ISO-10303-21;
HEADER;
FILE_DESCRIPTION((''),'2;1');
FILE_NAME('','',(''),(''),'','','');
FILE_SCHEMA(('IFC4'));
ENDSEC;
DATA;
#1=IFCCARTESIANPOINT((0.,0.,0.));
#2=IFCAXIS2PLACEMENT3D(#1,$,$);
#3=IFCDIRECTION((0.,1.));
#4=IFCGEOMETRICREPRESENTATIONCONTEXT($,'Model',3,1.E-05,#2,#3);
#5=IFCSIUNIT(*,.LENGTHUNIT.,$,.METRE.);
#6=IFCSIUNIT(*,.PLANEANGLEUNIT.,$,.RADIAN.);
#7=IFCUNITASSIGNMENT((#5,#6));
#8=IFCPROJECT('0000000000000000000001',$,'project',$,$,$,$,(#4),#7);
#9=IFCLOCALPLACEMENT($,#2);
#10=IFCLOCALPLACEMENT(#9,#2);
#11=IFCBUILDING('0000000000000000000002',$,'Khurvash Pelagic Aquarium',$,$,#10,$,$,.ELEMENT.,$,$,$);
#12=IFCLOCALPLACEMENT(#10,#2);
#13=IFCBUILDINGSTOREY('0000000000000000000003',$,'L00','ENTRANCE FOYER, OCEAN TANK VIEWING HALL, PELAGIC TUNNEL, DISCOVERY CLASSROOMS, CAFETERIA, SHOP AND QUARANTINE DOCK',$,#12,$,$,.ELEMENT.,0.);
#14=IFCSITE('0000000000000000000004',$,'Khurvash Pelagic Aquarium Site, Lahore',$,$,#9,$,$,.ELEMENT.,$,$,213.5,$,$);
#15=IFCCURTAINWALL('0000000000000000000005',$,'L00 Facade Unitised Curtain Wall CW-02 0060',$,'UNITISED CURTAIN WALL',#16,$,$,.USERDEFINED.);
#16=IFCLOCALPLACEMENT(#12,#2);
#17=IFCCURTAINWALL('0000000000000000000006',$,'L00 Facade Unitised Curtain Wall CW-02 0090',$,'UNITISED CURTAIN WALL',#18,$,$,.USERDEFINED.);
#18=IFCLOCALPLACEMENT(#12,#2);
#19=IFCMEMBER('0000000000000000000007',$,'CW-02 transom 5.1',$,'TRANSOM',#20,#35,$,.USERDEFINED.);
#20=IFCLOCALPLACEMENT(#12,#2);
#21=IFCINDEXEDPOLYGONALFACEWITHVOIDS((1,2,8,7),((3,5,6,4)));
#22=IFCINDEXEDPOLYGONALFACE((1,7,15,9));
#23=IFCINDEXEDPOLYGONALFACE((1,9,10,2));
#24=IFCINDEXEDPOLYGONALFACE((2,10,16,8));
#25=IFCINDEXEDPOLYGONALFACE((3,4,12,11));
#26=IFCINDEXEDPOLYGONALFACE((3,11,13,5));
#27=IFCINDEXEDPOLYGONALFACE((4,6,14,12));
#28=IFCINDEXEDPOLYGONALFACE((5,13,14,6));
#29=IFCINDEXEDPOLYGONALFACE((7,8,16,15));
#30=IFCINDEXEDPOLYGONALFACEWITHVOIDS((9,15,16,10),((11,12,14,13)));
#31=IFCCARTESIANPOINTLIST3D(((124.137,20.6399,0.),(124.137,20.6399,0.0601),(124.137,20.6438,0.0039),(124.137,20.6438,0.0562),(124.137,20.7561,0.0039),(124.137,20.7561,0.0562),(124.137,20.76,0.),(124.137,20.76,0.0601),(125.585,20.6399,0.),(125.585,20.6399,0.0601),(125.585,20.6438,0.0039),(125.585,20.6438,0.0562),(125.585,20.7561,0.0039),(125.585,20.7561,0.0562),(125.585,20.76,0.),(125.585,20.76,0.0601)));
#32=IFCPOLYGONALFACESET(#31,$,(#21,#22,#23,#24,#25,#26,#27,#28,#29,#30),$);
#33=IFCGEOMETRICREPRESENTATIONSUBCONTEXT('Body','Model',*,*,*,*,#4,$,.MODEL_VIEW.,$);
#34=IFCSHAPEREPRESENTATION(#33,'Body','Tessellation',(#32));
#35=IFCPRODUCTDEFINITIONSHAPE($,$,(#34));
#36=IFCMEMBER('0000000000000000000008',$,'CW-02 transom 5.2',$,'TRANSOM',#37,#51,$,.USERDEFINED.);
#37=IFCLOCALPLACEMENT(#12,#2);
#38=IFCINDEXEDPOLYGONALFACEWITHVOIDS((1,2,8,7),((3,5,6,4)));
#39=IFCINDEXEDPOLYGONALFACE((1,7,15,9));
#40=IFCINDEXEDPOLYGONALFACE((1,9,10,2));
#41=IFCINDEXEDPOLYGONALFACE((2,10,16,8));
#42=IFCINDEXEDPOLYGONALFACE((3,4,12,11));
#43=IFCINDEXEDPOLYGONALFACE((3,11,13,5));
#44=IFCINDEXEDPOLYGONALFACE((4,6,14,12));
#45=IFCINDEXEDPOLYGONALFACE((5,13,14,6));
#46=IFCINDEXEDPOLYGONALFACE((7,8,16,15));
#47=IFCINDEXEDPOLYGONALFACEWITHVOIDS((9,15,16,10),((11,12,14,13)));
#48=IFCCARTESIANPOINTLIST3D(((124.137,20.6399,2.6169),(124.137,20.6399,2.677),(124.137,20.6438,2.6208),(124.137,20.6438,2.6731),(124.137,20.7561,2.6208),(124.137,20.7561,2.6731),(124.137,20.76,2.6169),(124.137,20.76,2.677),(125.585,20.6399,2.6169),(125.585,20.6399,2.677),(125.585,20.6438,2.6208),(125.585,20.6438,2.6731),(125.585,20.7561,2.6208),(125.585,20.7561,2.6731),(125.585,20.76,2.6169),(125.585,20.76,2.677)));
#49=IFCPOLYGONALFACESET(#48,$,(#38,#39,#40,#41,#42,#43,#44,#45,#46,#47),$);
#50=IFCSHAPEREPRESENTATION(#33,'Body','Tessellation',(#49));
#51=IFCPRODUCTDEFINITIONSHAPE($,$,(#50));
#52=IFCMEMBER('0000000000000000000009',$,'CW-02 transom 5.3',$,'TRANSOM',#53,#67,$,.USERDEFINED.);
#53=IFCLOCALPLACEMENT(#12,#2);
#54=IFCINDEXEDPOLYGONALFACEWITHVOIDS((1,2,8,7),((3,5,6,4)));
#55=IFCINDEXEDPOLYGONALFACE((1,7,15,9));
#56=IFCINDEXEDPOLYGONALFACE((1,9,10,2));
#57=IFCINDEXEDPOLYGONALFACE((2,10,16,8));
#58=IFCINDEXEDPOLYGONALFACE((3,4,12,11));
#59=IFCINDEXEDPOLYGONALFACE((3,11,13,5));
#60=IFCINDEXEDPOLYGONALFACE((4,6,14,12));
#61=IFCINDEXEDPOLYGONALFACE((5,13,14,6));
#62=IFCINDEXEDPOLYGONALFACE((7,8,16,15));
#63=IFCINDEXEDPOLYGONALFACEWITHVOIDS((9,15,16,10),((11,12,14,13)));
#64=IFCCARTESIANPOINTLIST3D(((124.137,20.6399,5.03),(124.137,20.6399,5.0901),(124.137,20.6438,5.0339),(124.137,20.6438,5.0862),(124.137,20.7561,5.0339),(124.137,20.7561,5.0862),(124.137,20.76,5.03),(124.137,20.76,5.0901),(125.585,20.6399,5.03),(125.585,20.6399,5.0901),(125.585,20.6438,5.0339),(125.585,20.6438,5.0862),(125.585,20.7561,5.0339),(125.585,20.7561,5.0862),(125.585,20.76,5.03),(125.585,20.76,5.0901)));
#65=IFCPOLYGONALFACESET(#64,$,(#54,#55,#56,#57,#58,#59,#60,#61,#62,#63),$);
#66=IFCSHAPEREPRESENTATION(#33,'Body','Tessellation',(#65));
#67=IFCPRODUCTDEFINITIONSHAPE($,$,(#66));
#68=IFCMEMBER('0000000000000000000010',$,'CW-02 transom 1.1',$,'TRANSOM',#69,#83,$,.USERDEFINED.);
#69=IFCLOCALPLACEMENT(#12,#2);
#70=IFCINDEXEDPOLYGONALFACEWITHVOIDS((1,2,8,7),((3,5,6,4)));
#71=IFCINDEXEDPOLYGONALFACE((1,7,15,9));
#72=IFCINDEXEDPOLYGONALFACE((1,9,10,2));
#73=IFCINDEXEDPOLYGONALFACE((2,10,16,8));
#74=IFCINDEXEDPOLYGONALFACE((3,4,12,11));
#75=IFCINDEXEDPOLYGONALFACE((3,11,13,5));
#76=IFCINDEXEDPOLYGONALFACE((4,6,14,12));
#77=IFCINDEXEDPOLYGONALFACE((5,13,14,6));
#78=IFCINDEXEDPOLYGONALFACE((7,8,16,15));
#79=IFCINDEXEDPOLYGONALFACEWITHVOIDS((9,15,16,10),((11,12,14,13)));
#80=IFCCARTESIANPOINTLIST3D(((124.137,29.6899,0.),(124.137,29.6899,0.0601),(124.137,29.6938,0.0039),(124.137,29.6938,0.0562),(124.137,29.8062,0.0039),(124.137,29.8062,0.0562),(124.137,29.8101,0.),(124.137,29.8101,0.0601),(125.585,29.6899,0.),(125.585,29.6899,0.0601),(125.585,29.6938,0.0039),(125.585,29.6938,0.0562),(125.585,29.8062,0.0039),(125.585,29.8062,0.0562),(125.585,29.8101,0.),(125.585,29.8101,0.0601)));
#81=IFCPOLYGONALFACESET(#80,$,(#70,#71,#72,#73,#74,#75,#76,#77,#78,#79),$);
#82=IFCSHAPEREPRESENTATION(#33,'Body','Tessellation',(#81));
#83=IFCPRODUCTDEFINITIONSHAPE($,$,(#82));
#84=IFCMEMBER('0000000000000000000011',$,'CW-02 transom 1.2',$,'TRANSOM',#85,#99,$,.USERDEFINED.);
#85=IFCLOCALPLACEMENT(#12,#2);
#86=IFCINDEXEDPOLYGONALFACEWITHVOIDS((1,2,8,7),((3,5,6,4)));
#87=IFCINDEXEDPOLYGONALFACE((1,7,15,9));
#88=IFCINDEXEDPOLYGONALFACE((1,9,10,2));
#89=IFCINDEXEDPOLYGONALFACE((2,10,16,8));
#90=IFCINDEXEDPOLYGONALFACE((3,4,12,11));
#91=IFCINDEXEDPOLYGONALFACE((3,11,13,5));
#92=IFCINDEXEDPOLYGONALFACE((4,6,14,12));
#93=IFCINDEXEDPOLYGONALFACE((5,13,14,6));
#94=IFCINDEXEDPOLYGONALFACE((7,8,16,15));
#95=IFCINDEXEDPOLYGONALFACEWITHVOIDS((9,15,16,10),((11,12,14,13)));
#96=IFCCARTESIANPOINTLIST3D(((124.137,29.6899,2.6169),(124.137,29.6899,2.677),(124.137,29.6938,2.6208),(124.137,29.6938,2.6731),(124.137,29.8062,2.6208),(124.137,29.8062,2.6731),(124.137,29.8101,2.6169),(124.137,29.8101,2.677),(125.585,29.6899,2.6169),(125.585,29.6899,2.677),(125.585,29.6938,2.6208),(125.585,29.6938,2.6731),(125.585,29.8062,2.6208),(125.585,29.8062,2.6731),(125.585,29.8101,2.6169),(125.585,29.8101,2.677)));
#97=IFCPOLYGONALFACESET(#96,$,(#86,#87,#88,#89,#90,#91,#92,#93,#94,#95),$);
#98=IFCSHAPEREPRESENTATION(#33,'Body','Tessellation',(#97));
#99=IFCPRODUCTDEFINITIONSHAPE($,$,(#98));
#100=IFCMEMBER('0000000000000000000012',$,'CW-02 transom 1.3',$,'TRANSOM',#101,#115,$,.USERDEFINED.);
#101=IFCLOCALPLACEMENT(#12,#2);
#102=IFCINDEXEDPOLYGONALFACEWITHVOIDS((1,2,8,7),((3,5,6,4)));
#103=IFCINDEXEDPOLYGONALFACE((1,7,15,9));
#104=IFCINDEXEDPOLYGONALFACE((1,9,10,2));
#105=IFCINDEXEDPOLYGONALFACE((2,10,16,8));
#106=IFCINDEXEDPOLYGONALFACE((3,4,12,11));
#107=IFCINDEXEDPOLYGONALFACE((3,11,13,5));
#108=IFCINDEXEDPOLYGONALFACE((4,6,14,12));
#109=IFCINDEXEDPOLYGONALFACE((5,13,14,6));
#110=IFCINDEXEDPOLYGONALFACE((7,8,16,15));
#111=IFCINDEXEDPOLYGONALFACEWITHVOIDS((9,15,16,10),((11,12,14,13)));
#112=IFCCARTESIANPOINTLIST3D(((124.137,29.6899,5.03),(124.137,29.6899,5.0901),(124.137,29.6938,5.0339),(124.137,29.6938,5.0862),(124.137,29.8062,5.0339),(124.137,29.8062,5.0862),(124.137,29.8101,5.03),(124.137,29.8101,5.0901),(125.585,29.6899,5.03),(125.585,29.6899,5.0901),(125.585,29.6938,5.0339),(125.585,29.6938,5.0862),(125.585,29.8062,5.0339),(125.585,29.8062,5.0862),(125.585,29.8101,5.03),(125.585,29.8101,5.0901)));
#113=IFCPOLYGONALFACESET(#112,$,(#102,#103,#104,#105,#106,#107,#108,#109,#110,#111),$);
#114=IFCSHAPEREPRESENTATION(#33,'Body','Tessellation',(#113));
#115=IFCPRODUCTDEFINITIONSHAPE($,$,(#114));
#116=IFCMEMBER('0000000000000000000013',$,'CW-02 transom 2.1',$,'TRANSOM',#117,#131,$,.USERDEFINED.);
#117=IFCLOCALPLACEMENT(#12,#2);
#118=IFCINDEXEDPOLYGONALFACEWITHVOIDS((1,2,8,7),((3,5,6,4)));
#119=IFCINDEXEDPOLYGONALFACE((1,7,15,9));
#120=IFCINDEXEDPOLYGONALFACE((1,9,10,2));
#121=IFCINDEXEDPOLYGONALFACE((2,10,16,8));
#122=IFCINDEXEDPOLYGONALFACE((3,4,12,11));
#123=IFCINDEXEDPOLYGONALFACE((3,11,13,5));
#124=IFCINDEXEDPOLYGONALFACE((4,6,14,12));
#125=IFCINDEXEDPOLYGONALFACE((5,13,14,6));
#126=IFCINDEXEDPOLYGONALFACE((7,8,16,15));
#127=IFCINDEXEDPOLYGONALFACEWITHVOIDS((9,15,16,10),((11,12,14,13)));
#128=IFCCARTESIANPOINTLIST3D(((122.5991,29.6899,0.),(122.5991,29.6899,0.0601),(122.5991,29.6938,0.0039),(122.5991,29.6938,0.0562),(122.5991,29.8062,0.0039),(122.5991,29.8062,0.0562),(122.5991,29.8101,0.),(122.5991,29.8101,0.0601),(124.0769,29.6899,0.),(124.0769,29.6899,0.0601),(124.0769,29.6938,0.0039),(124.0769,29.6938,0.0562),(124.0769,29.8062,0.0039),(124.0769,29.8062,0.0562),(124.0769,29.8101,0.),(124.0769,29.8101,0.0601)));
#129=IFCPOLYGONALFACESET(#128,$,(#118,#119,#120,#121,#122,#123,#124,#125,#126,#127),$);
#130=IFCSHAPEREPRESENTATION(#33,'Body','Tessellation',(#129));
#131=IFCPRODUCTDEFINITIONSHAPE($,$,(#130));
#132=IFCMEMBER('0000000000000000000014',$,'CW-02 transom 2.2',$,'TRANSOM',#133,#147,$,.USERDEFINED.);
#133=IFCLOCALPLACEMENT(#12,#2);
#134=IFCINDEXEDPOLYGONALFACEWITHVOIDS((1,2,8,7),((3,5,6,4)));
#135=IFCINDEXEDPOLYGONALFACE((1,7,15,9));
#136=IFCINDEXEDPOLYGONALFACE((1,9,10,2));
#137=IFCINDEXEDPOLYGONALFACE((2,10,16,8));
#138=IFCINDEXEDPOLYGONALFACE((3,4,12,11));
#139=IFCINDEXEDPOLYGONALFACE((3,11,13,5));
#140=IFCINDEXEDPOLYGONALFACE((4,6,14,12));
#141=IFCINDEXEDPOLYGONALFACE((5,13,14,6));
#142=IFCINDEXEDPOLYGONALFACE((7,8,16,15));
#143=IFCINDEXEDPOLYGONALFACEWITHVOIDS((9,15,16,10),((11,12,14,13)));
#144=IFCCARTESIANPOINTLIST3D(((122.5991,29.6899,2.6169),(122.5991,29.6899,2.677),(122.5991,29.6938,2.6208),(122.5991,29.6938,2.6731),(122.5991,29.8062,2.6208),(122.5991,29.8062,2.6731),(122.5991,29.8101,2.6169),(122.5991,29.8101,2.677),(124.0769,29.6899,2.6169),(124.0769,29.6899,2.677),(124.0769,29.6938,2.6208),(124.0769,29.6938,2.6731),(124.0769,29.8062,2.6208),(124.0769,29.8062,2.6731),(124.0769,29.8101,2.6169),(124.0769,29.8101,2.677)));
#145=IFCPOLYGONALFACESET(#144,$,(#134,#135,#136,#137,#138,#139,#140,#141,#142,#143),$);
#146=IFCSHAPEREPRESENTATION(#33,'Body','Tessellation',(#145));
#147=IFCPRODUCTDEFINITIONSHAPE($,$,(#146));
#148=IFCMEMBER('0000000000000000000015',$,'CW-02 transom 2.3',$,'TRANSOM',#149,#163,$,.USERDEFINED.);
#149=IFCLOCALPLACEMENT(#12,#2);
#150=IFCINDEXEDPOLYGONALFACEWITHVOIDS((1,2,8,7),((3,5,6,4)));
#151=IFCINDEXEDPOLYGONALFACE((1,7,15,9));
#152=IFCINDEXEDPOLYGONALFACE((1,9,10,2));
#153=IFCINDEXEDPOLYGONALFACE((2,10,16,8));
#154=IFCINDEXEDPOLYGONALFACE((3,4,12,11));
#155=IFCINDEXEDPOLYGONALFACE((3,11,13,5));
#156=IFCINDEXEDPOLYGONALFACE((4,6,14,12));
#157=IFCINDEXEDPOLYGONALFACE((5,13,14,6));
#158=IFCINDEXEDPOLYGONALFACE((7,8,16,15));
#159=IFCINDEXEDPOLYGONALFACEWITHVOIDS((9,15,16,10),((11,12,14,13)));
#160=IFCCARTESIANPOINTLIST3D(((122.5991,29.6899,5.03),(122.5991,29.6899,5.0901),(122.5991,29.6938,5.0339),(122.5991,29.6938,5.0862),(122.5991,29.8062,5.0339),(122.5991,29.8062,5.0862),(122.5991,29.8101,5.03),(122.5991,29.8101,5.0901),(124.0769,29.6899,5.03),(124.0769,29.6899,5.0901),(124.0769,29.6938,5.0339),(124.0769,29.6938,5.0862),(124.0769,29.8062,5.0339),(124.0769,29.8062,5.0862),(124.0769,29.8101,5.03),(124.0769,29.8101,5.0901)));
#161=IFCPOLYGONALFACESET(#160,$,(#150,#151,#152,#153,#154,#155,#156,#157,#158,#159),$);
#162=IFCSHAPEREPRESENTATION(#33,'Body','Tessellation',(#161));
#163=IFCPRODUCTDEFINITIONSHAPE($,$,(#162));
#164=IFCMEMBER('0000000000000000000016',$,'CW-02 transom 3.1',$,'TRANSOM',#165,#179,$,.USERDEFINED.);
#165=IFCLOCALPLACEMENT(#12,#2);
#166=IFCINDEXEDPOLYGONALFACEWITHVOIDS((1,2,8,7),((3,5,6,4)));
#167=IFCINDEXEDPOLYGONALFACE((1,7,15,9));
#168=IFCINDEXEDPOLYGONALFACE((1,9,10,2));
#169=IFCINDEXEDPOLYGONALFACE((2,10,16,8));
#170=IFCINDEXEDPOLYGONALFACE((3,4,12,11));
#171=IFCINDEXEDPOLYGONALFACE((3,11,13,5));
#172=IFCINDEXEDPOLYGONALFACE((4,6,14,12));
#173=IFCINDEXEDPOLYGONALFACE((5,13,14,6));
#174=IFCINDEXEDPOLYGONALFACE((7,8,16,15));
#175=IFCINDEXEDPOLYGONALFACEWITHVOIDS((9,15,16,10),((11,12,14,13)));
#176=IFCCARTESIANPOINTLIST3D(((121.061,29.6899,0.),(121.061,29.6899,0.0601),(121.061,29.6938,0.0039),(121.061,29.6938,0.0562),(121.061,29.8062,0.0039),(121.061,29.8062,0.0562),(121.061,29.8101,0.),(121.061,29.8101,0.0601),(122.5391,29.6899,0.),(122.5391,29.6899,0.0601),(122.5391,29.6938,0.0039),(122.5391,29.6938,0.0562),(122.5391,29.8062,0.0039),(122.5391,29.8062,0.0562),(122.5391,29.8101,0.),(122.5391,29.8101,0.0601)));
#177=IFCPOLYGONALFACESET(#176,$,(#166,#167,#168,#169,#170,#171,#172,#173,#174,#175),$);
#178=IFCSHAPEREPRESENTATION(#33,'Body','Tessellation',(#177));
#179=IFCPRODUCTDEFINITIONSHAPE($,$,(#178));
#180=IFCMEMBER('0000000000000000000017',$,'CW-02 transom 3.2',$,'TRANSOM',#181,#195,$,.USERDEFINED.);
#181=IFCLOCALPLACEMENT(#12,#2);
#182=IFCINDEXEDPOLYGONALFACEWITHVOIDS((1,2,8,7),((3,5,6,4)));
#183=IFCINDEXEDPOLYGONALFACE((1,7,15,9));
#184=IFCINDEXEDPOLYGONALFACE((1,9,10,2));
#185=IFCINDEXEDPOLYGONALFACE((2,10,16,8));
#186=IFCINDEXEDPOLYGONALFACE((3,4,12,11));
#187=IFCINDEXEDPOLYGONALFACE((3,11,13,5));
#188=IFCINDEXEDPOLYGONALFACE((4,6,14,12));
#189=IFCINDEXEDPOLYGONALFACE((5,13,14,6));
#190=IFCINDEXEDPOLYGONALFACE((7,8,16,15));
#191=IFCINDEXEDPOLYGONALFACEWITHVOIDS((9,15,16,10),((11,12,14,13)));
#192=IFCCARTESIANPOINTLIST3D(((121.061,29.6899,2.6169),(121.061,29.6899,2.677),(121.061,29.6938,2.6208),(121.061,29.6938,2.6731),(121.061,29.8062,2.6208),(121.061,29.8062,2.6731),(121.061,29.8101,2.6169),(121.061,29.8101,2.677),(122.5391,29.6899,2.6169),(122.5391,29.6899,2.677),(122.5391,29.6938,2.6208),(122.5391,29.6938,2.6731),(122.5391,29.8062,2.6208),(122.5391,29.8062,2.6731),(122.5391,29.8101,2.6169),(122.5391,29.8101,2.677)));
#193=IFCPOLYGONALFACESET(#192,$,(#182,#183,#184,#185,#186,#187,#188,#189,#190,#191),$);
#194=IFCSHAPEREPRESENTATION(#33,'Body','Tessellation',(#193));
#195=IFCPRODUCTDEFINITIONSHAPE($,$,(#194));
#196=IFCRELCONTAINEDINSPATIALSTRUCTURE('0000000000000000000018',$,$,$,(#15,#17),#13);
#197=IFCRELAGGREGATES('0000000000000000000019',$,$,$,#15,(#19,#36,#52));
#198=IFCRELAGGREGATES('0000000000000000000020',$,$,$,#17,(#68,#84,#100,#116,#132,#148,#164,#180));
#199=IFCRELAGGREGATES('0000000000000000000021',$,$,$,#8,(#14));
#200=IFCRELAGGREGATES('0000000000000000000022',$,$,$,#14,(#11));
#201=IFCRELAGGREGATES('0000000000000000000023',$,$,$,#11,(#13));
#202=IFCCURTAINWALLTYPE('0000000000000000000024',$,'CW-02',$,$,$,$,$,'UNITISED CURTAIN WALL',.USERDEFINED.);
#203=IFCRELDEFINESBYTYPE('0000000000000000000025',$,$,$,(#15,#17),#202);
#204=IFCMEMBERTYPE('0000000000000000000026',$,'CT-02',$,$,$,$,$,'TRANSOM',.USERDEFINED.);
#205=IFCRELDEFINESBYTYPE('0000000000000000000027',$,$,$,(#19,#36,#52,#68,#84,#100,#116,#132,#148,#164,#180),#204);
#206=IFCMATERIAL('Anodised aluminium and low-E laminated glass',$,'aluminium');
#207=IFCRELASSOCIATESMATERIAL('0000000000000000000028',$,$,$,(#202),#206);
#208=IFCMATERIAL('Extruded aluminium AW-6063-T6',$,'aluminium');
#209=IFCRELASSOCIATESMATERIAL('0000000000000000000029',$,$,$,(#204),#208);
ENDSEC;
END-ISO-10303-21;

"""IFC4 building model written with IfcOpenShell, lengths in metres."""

from ifc_helpers import new_model, si_unit, direction, frame, origin, origin_2d, place, context, subcontext, project, spatial, hollow_rectangle, extrude, material, material_profile, profile_set, type_object, element, aggregate, save


model = new_model("IFC4")

# Units and contexts
model_context = context("Model", 3, precision=1e-05, world=origin(), true_north=direction((0.0, 1.0)))
body_context = subcontext(model_context, "Body", "Model", "MODEL_VIEW")
ifc_project = project(units=[si_unit("LENGTHUNIT", "METRE"), si_unit("PLANEANGLEUNIT", "RADIAN")], contexts=[model_context])

# Site, building, storey
site_placement = place(None, origin())
site = spatial("IfcSite", under=ifc_project, at=site_placement, Name="Khurvash Pelagic Aquarium Site, Lahore", CompositionType="ELEMENT", RefElevation=213.5)
building_placement = place(site_placement, origin())
building = spatial("IfcBuilding", under=site, at=building_placement, Name="Khurvash Pelagic Aquarium", CompositionType="ELEMENT")
storey_placement = place(building_placement, origin())
storey = spatial("IfcBuildingStorey", under=building, at=storey_placement, Name="L00", Description="ENTRANCE FOYER, OCEAN TANK VIEWING HALL, PELAGIC TUNNEL, DISCOVERY CLASSROOMS, CAFETERIA, SHOP AND QUARANTINE DOCK", CompositionType="ELEMENT", Elevation=0.0)

# Curtain walls
ifc_material_1 = material(Name="Anodised aluminium and low-E laminated glass", Category="aluminium")
curtain_wall_type = type_object("IfcCurtainWallType", Name="CW-02", ElementType="UNITISED CURTAIN WALL", PredefinedType="USERDEFINED", material=ifc_material_1)
curtain_wall_1_placement = place(storey_placement, origin())
curtain_wall_1 = element("IfcCurtainWall", 1, at=curtain_wall_1_placement, inside=storey, type_object=curtain_wall_type, Name="L00 Facade Unitised Curtain Wall CW-02 0060", ObjectType="UNITISED CURTAIN WALL", PredefinedType="USERDEFINED")
ifc_material_2 = material(Name="Extruded aluminium AW-6063-T6", Category="aluminium")
curtain_wall_2_placement = place(storey_placement, origin())
curtain_wall_2 = element("IfcCurtainWall", 2, at=curtain_wall_2_placement, inside=storey, type_object=curtain_wall_type, Name="L00 Facade Unitised Curtain Wall CW-02 0090", ObjectType="UNITISED CURTAIN WALL", PredefinedType="USERDEFINED")

# Members
ifc_material_profile_1 = material_profile(ifc_material_2, hollow_rectangle(XDim=0.1201, YDim=0.0601, WallThickness=0.0039, at=origin_2d()), Name="CWT120X60X4")
ifc_profile_set_1 = profile_set([ifc_material_profile_1], Name="Extruded aluminium AW-6063-T6")
member_type_1 = type_object("IfcMemberType", Name="CT-02", ElementType="TRANSOM", PredefinedType="USERDEFINED", material=ifc_profile_set_1)
member_1_placement = place(storey_placement, frame((124.137, 20.7, 0.03), z_axis=(1.0, 0.0, 0.0), x_axis=(0.0, 1.0, 0.0)))
member_1 = element("IfcMember", 3, at=member_1_placement, type_object=member_type_1, Name="CW-02 transom 5.1", ObjectType="TRANSOM", PredefinedType="USERDEFINED", context=body_context, shape_type="SweptSolid", body=[
    extrude(hollow_rectangle(XDim=0.1201, YDim=0.0601, WallThickness=0.0039, at=origin_2d()), origin(), (0.0, 0.0, 1.0), 1.448),
])
member_2_placement = place(storey_placement, frame((124.137, 20.7, 2.647), z_axis=(1.0, 0.0, 0.0), x_axis=(0.0, 1.0, 0.0)))
member_2 = element("IfcMember", 4, at=member_2_placement, type_object=member_type_1, Name="CW-02 transom 5.2", ObjectType="TRANSOM", PredefinedType="USERDEFINED", context=body_context, shape_type="SweptSolid", body=[
    extrude(hollow_rectangle(XDim=0.1201, YDim=0.0601, WallThickness=0.0039, at=origin_2d()), origin(), (0.0, 0.0, 1.0), 1.448),
])
member_3_placement = place(storey_placement, frame((124.137, 20.7, 5.0601), z_axis=(1.0, 0.0, 0.0), x_axis=(0.0, 1.0, 0.0)))
member_3 = element("IfcMember", 5, at=member_3_placement, type_object=member_type_1, Name="CW-02 transom 5.3", ObjectType="TRANSOM", PredefinedType="USERDEFINED", context=body_context, shape_type="SweptSolid", body=[
    extrude(hollow_rectangle(XDim=0.1201, YDim=0.0601, WallThickness=0.0039, at=origin_2d()), origin(), (0.0, 0.0, 1.0), 1.448),
])
member_4_placement = place(storey_placement, frame((125.585, 29.75, 0.03), z_axis=(-1.0, 0.0, 0.0), x_axis=(0.0, -1.0, 0.0)))
member_4 = element("IfcMember", 6, at=member_4_placement, type_object=member_type_1, Name="CW-02 transom 1.1", ObjectType="TRANSOM", PredefinedType="USERDEFINED", context=body_context, shape_type="SweptSolid", body=[
    extrude(hollow_rectangle(XDim=0.1201, YDim=0.0601, WallThickness=0.0039, at=origin_2d()), origin(), (0.0, 0.0, 1.0), 1.448),
])
member_5_placement = place(storey_placement, frame((125.585, 29.75, 2.647), z_axis=(-1.0, 0.0, 0.0), x_axis=(0.0, -1.0, 0.0)))
member_5 = element("IfcMember", 7, at=member_5_placement, type_object=member_type_1, Name="CW-02 transom 1.2", ObjectType="TRANSOM", PredefinedType="USERDEFINED", context=body_context, shape_type="SweptSolid", body=[
    extrude(hollow_rectangle(XDim=0.1201, YDim=0.0601, WallThickness=0.0039, at=origin_2d()), origin(), (0.0, 0.0, 1.0), 1.448),
])
member_6_placement = place(storey_placement, frame((125.585, 29.75, 5.0601), z_axis=(-1.0, 0.0, 0.0), x_axis=(0.0, -1.0, 0.0)))
member_6 = element("IfcMember", 8, at=member_6_placement, type_object=member_type_1, Name="CW-02 transom 1.3", ObjectType="TRANSOM", PredefinedType="USERDEFINED", context=body_context, shape_type="SweptSolid", body=[
    extrude(hollow_rectangle(XDim=0.1201, YDim=0.0601, WallThickness=0.0039, at=origin_2d()), origin(), (0.0, 0.0, 1.0), 1.448),
])
member_7_placement = place(storey_placement, frame((124.0769, 29.75, 0.03), z_axis=(-1.0, 0.0, 0.0), x_axis=(0.0, -1.0, 0.0)))
member_7 = element("IfcMember", 9, at=member_7_placement, type_object=member_type_1, Name="CW-02 transom 2.1", ObjectType="TRANSOM", PredefinedType="USERDEFINED", context=body_context, shape_type="SweptSolid", body=[
    extrude(hollow_rectangle(XDim=0.1201, YDim=0.0601, WallThickness=0.0039, at=origin_2d()), origin(), (0.0, 0.0, 1.0), 1.4778),
])
member_8_placement = place(storey_placement, frame((124.0769, 29.75, 2.647), z_axis=(-1.0, 0.0, 0.0), x_axis=(0.0, -1.0, 0.0)))
member_8 = element("IfcMember", 10, at=member_8_placement, type_object=member_type_1, Name="CW-02 transom 2.2", ObjectType="TRANSOM", PredefinedType="USERDEFINED", context=body_context, shape_type="SweptSolid", body=[
    extrude(hollow_rectangle(XDim=0.1201, YDim=0.0601, WallThickness=0.0039, at=origin_2d()), origin(), (0.0, 0.0, 1.0), 1.4778),
])
member_9_placement = place(storey_placement, frame((124.0769, 29.75, 5.0601), z_axis=(-1.0, 0.0, 0.0), x_axis=(0.0, -1.0, 0.0)))
member_9 = element("IfcMember", 11, at=member_9_placement, type_object=member_type_1, Name="CW-02 transom 2.3", ObjectType="TRANSOM", PredefinedType="USERDEFINED", context=body_context, shape_type="SweptSolid", body=[
    extrude(hollow_rectangle(XDim=0.1201, YDim=0.0601, WallThickness=0.0039, at=origin_2d()), origin(), (0.0, 0.0, 1.0), 1.4778),
])
member_10_placement = place(storey_placement, frame((122.5391, 29.75, 0.03), z_axis=(-1.0, 0.0, 0.0), x_axis=(0.0, -1.0, 0.0)))
member_10 = element("IfcMember", 12, at=member_10_placement, type_object=member_type_1, Name="CW-02 transom 3.1", ObjectType="TRANSOM", PredefinedType="USERDEFINED", context=body_context, shape_type="SweptSolid", body=[
    extrude(hollow_rectangle(XDim=0.1201, YDim=0.0601, WallThickness=0.0039, at=origin_2d()), origin(), (0.0, 0.0, 1.0), 1.478),
])
member_11_placement = place(storey_placement, frame((122.5391, 29.75, 2.647), z_axis=(-1.0, 0.0, 0.0), x_axis=(0.0, -1.0, 0.0)))
member_11 = element("IfcMember", 13, at=member_11_placement, type_object=member_type_1, Name="CW-02 transom 3.2", ObjectType="TRANSOM", PredefinedType="USERDEFINED", context=body_context, shape_type="SweptSolid", body=[
    extrude(hollow_rectangle(XDim=0.1201, YDim=0.0601, WallThickness=0.0039, at=origin_2d()), origin(), (0.0, 0.0, 1.0), 1.478),
])

aggregate(curtain_wall_1, [member_1, member_2, member_3])
aggregate(curtain_wall_2, [member_4, member_5, member_6, member_7, member_8, member_9, member_10, member_11])

save(model, "model.ifc")
